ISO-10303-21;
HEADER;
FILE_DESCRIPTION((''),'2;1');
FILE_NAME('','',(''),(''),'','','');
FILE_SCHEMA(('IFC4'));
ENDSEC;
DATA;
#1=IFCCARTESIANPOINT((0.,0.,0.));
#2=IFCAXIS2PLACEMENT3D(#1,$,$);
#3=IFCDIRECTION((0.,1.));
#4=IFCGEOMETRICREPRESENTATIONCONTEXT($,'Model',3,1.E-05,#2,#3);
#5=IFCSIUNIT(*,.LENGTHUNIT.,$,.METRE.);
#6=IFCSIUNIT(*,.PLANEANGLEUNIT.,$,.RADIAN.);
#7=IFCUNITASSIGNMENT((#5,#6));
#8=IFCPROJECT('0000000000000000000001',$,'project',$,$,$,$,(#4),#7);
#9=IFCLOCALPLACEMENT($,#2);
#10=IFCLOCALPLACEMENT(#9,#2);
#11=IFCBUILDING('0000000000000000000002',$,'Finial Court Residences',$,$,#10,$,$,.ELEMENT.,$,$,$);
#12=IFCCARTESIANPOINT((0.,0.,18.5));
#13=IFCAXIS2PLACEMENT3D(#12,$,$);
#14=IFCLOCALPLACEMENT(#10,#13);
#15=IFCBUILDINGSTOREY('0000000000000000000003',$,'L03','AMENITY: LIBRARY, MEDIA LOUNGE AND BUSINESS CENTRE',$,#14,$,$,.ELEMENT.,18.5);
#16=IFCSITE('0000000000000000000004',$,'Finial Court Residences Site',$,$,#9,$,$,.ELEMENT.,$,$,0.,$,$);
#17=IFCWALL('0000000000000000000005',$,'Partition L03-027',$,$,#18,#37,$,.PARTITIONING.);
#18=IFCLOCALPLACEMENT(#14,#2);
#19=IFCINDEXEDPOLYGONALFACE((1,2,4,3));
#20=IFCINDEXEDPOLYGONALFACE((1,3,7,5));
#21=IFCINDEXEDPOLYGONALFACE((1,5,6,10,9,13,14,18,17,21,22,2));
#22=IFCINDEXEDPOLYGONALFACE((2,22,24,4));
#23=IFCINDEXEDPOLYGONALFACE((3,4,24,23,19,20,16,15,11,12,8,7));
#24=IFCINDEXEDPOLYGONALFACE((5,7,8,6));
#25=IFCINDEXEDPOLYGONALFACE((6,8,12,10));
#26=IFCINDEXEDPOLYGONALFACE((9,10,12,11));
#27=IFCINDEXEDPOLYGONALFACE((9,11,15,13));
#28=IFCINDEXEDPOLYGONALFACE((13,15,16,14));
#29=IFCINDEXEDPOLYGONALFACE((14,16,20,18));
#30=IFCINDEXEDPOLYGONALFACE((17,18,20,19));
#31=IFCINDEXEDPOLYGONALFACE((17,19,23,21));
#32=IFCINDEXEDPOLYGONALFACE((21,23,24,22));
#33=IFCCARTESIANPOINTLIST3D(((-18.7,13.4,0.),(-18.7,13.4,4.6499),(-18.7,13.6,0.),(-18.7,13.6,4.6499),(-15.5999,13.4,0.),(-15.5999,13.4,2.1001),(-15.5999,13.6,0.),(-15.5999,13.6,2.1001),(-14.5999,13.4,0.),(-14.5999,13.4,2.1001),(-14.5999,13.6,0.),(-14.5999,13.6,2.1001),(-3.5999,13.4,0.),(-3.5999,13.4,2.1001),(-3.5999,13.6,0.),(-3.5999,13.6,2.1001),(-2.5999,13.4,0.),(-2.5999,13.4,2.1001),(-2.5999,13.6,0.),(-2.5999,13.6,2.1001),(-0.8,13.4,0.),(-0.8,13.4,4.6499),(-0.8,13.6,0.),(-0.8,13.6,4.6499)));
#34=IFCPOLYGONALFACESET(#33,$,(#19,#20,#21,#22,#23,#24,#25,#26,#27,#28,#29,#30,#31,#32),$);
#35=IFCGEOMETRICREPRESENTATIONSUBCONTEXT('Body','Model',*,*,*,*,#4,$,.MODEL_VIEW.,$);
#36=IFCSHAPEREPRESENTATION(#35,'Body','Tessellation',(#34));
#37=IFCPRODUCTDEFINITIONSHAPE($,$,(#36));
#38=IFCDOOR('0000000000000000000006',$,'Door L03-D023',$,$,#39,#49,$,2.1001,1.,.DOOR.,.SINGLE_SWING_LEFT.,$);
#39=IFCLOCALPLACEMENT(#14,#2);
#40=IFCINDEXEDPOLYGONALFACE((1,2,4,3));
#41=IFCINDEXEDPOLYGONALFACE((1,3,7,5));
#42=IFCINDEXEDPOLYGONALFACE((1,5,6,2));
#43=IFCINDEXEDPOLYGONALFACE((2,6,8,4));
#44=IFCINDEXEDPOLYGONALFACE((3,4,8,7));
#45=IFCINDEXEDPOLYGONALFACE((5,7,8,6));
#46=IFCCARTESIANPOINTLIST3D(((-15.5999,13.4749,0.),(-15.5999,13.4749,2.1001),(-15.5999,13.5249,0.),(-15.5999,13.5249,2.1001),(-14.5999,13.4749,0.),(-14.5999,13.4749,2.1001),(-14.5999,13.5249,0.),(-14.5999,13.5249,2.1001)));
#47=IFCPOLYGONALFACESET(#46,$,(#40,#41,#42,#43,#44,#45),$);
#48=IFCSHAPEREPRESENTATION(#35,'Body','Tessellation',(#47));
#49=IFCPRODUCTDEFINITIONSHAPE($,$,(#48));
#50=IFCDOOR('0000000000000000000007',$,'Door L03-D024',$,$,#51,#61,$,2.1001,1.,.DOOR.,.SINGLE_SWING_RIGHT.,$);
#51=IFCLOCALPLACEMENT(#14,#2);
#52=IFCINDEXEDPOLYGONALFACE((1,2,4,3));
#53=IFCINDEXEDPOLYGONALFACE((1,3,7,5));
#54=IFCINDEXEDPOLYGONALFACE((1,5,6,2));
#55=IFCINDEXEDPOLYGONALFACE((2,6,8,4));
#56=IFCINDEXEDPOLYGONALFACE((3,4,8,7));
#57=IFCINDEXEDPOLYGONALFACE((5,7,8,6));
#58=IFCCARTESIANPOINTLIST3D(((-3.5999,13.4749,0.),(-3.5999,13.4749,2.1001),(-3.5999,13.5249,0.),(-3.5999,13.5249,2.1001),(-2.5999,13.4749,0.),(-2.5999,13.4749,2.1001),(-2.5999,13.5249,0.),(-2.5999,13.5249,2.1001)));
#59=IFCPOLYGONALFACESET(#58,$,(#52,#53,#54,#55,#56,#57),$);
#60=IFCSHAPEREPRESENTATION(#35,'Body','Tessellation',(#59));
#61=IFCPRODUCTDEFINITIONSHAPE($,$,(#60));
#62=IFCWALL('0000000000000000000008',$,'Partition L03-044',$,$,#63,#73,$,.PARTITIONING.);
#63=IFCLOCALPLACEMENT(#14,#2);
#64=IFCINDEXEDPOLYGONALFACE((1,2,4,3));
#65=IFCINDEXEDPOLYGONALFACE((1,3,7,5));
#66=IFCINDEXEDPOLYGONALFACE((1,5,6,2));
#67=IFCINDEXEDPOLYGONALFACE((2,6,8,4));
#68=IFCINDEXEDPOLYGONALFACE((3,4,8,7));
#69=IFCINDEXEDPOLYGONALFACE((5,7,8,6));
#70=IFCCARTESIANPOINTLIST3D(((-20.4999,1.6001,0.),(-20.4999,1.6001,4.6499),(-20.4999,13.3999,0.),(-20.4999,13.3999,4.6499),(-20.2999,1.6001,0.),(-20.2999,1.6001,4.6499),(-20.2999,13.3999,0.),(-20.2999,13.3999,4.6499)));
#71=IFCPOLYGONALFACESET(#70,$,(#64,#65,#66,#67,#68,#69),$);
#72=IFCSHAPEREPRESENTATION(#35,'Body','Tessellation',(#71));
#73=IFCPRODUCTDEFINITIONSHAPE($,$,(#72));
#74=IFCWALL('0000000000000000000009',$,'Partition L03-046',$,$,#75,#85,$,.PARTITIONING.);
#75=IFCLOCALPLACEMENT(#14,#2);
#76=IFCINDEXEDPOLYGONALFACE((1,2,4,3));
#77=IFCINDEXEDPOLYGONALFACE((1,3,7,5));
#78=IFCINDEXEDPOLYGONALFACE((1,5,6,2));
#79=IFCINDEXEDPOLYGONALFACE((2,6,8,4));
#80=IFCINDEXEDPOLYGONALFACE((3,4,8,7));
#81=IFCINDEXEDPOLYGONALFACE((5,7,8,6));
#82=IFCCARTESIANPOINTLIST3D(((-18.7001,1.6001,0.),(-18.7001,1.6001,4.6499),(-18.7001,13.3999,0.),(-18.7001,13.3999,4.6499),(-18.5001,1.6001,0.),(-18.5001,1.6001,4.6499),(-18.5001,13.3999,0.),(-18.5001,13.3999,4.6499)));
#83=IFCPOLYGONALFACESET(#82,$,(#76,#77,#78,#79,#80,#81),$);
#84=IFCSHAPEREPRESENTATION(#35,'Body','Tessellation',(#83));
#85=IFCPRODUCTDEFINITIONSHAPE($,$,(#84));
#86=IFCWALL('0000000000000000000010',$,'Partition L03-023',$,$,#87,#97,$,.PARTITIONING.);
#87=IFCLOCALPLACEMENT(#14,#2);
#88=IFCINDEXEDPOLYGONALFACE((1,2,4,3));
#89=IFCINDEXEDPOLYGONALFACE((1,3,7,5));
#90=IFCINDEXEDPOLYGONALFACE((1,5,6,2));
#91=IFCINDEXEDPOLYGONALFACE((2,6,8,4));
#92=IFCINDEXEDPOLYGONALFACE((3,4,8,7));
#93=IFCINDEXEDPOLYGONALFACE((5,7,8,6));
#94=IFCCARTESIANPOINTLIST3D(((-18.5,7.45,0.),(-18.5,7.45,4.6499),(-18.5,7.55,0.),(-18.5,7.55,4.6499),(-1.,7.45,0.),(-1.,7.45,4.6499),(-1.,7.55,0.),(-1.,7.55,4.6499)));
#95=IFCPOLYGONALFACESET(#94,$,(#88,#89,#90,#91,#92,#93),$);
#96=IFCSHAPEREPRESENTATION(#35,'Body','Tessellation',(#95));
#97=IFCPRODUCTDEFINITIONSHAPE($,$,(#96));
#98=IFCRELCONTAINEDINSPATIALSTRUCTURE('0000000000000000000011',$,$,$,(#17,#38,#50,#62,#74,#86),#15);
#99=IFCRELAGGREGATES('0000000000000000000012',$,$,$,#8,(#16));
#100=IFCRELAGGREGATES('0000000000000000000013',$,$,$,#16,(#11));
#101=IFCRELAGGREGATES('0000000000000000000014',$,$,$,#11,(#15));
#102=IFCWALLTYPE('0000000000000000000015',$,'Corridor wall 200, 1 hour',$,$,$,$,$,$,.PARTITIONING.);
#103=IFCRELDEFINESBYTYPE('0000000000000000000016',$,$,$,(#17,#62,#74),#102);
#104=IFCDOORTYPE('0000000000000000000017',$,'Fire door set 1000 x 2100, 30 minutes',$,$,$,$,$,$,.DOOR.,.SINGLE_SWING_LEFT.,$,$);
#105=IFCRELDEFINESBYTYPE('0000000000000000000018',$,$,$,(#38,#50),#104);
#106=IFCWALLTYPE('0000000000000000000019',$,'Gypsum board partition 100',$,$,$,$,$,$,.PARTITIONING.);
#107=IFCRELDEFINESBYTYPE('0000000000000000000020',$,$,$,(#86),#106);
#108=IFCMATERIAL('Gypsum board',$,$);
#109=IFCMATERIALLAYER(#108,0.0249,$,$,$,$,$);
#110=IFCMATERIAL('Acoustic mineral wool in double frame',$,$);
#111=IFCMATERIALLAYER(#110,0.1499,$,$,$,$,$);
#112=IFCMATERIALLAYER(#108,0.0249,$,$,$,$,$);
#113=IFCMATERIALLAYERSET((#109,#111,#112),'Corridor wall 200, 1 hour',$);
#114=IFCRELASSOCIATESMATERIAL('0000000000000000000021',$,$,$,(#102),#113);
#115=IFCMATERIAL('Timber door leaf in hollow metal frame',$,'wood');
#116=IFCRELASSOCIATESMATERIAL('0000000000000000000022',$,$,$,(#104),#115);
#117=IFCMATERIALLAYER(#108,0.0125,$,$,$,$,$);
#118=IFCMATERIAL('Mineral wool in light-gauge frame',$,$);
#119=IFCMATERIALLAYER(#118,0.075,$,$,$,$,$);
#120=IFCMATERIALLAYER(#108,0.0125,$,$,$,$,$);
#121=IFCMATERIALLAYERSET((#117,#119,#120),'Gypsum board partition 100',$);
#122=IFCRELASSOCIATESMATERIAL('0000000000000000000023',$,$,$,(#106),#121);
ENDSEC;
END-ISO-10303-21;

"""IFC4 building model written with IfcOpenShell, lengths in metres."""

from ifc_helpers import new_model, si_unit, direction, frame, frame_2d, origin, place, context, subcontext, project, spatial, rectangle, extrude, material, layer, layer_set, type_object, element, fill, save


model = new_model("IFC4")

# Units and contexts
model_context = context("Model", 3, precision=1e-05, world=origin(), true_north=direction((0.0, 1.0)))
body_context = subcontext(model_context, "Body", "Model", "MODEL_VIEW")
ifc_project = project(units=[si_unit("LENGTHUNIT", "METRE"), si_unit("PLANEANGLEUNIT", "RADIAN")], contexts=[model_context])

# Site, building, storey
site_placement = place(None, origin())
site = spatial("IfcSite", under=ifc_project, at=site_placement, Name="Finial Court Residences Site", CompositionType="ELEMENT", RefElevation=0.0)
building_placement = place(site_placement, origin())
building = spatial("IfcBuilding", under=site, at=building_placement, Name="Finial Court Residences", CompositionType="ELEMENT")
storey_placement = place(building_placement, frame((0.0, 0.0, 18.5)))
storey = spatial("IfcBuildingStorey", under=building, at=storey_placement, Name="L03", Description="AMENITY: LIBRARY, MEDIA LOUNGE AND BUSINESS CENTRE", CompositionType="ELEMENT", Elevation=18.5)

# Wall, openings, doors
ifc_material_1 = material(Name="Gypsum board")
ifc_layer_1 = layer(ifc_material_1, 0.0249)
ifc_material_2 = material(Name="Acoustic mineral wool in double frame")
ifc_layer_2 = layer(ifc_material_2, 0.1499)
ifc_layer_3 = layer(ifc_material_1, 0.0249)
ifc_layer_set_1 = layer_set([ifc_layer_1, ifc_layer_2, ifc_layer_3], Name="Corridor wall 200, 1 hour")
wall_type_1 = type_object("IfcWallType", Name="Corridor wall 200, 1 hour", PredefinedType="PARTITIONING", material=ifc_layer_set_1)
ifc_material_3 = material(Name="Timber door leaf in hollow metal frame", Category="wood")
door_type = type_object("IfcDoorType", Name="Fire door set 1000 x 2100, 30 minutes", OperationType="SINGLE_SWING_LEFT", PredefinedType="DOOR", material=ifc_material_3)
wall_1_placement = place(storey_placement, frame((-18.7, 13.5, 0.0), z_axis=(0.0, 0.0, 1.0), x_axis=(1.0, 0.0, 0.0)))
wall_1 = element("IfcWall", 1, at=wall_1_placement, inside=storey, type_object=wall_type_1, Name="Partition L03-027", PredefinedType="PARTITIONING", context=body_context, shape_type="SweptSolid", body=[
    extrude(rectangle(XDim=17.8999, YDim=0.2, at=frame_2d((8.95, 0.0))), origin(), (0.0, 0.0, 1.0), 4.6499),
])
opening_1_placement = place(wall_1_placement, frame((3.1001, 0.0, 0.0)))
opening_1 = element("IfcOpeningElement", 2, at=opening_1_placement, cuts=wall_1, PredefinedType="OPENING", context=body_context, shape_type="SweptSolid", body=[
    extrude(rectangle(XDim=1.0, YDim=2.1001, at=frame_2d((0.5, 1.05))), frame((0.0, 0.1099, 0.0), z_axis=(0.0, -1.0, 0.0), x_axis=(1.0, 0.0, 0.0)), (0.0, 0.0, 1.0), 0.22),
])
opening_2_placement = place(wall_1_placement, frame((15.1001, 0.0, 0.0)))
opening_2 = element("IfcOpeningElement", 3, at=opening_2_placement, cuts=wall_1, PredefinedType="OPENING", context=body_context, shape_type="SweptSolid", body=[
    extrude(rectangle(XDim=1.0, YDim=2.1001, at=frame_2d((0.5, 1.05))), frame((0.0, 0.1099, 0.0), z_axis=(0.0, -1.0, 0.0), x_axis=(1.0, 0.0, 0.0)), (0.0, 0.0, 1.0), 0.22),
])
door_1_placement = place(opening_1_placement, origin())
door_1 = element("IfcDoor", 4, at=door_1_placement, inside=storey, type_object=door_type, Name="Door L03-D023", OperationType="SINGLE_SWING_LEFT", OverallHeight=2.1001, OverallWidth=1.0, PredefinedType="DOOR", context=body_context, shape_type="SweptSolid", body=[
    extrude(rectangle(XDim=1.0, YDim=2.1001, at=frame_2d((0.5, 1.05))), frame((0.0, 0.0249, 0.0), z_axis=(0.0, -1.0, 0.0), x_axis=(1.0, 0.0, 0.0)), (0.0, 0.0, 1.0), 0.05),
])
fill(opening_1, door_1)
door_2_placement = place(opening_2_placement, origin())
door_2 = element("IfcDoor", 5, at=door_2_placement, inside=storey, type_object=door_type, Name="Door L03-D024", OperationType="SINGLE_SWING_RIGHT", OverallHeight=2.1001, OverallWidth=1.0, PredefinedType="DOOR", context=body_context, shape_type="SweptSolid", body=[
    extrude(rectangle(XDim=1.0, YDim=2.1001, at=frame_2d((0.5, 1.05))), frame((0.0, 0.0249, 0.0), z_axis=(0.0, -1.0, 0.0), x_axis=(1.0, 0.0, 0.0)), (0.0, 0.0, 1.0), 0.05),
])
fill(opening_2, door_2)

# Walls
for number, where, z_axis, x_axis, name in (
    (6, (-20.3999, 1.6001, 0.0), (0.0, 0.0, 1.0), (0.0, 1.0, 0.0), "Partition L03-044"),
    (7, (-18.6001, 1.6001, 0.0), (0.0, 0.0, 1.0), (0.0, 1.0, 0.0), "Partition L03-046"),
):
    element("IfcWall", number, at=place(storey_placement, frame(where, z_axis=z_axis, x_axis=x_axis)), inside=storey, type_object=wall_type_1, Name=name, PredefinedType="PARTITIONING", context=body_context, shape_type="SweptSolid", body=[
        extrude(rectangle(XDim=11.7998, YDim=0.2, at=frame_2d((5.8999, 0.0))), origin(), (0.0, 0.0, 1.0), 4.6499),
    ])
ifc_layer_4 = layer(ifc_material_1, 0.0125)
ifc_material_4 = material(Name="Mineral wool in light-gauge frame")
ifc_layer_5 = layer(ifc_material_4, 0.075)
ifc_layer_6 = layer(ifc_material_1, 0.0125)
ifc_layer_set_2 = layer_set([ifc_layer_4, ifc_layer_5, ifc_layer_6], Name="Gypsum board partition 100")
wall_type_2 = type_object("IfcWallType", Name="Gypsum board partition 100", PredefinedType="PARTITIONING", material=ifc_layer_set_2)
wall_2_placement = place(storey_placement, frame((-18.5, 7.5, 0.0), z_axis=(0.0, 0.0, 1.0), x_axis=(1.0, 0.0, 0.0)))
element("IfcWall", 8, at=wall_2_placement, inside=storey, type_object=wall_type_2, Name="Partition L03-023", PredefinedType="PARTITIONING", context=body_context, shape_type="SweptSolid", body=[
    extrude(rectangle(XDim=17.5, YDim=0.1001, at=frame_2d((8.75, 0.0))), origin(), (0.0, 0.0, 1.0), 4.6499),
])

save(model, "model.ifc")
